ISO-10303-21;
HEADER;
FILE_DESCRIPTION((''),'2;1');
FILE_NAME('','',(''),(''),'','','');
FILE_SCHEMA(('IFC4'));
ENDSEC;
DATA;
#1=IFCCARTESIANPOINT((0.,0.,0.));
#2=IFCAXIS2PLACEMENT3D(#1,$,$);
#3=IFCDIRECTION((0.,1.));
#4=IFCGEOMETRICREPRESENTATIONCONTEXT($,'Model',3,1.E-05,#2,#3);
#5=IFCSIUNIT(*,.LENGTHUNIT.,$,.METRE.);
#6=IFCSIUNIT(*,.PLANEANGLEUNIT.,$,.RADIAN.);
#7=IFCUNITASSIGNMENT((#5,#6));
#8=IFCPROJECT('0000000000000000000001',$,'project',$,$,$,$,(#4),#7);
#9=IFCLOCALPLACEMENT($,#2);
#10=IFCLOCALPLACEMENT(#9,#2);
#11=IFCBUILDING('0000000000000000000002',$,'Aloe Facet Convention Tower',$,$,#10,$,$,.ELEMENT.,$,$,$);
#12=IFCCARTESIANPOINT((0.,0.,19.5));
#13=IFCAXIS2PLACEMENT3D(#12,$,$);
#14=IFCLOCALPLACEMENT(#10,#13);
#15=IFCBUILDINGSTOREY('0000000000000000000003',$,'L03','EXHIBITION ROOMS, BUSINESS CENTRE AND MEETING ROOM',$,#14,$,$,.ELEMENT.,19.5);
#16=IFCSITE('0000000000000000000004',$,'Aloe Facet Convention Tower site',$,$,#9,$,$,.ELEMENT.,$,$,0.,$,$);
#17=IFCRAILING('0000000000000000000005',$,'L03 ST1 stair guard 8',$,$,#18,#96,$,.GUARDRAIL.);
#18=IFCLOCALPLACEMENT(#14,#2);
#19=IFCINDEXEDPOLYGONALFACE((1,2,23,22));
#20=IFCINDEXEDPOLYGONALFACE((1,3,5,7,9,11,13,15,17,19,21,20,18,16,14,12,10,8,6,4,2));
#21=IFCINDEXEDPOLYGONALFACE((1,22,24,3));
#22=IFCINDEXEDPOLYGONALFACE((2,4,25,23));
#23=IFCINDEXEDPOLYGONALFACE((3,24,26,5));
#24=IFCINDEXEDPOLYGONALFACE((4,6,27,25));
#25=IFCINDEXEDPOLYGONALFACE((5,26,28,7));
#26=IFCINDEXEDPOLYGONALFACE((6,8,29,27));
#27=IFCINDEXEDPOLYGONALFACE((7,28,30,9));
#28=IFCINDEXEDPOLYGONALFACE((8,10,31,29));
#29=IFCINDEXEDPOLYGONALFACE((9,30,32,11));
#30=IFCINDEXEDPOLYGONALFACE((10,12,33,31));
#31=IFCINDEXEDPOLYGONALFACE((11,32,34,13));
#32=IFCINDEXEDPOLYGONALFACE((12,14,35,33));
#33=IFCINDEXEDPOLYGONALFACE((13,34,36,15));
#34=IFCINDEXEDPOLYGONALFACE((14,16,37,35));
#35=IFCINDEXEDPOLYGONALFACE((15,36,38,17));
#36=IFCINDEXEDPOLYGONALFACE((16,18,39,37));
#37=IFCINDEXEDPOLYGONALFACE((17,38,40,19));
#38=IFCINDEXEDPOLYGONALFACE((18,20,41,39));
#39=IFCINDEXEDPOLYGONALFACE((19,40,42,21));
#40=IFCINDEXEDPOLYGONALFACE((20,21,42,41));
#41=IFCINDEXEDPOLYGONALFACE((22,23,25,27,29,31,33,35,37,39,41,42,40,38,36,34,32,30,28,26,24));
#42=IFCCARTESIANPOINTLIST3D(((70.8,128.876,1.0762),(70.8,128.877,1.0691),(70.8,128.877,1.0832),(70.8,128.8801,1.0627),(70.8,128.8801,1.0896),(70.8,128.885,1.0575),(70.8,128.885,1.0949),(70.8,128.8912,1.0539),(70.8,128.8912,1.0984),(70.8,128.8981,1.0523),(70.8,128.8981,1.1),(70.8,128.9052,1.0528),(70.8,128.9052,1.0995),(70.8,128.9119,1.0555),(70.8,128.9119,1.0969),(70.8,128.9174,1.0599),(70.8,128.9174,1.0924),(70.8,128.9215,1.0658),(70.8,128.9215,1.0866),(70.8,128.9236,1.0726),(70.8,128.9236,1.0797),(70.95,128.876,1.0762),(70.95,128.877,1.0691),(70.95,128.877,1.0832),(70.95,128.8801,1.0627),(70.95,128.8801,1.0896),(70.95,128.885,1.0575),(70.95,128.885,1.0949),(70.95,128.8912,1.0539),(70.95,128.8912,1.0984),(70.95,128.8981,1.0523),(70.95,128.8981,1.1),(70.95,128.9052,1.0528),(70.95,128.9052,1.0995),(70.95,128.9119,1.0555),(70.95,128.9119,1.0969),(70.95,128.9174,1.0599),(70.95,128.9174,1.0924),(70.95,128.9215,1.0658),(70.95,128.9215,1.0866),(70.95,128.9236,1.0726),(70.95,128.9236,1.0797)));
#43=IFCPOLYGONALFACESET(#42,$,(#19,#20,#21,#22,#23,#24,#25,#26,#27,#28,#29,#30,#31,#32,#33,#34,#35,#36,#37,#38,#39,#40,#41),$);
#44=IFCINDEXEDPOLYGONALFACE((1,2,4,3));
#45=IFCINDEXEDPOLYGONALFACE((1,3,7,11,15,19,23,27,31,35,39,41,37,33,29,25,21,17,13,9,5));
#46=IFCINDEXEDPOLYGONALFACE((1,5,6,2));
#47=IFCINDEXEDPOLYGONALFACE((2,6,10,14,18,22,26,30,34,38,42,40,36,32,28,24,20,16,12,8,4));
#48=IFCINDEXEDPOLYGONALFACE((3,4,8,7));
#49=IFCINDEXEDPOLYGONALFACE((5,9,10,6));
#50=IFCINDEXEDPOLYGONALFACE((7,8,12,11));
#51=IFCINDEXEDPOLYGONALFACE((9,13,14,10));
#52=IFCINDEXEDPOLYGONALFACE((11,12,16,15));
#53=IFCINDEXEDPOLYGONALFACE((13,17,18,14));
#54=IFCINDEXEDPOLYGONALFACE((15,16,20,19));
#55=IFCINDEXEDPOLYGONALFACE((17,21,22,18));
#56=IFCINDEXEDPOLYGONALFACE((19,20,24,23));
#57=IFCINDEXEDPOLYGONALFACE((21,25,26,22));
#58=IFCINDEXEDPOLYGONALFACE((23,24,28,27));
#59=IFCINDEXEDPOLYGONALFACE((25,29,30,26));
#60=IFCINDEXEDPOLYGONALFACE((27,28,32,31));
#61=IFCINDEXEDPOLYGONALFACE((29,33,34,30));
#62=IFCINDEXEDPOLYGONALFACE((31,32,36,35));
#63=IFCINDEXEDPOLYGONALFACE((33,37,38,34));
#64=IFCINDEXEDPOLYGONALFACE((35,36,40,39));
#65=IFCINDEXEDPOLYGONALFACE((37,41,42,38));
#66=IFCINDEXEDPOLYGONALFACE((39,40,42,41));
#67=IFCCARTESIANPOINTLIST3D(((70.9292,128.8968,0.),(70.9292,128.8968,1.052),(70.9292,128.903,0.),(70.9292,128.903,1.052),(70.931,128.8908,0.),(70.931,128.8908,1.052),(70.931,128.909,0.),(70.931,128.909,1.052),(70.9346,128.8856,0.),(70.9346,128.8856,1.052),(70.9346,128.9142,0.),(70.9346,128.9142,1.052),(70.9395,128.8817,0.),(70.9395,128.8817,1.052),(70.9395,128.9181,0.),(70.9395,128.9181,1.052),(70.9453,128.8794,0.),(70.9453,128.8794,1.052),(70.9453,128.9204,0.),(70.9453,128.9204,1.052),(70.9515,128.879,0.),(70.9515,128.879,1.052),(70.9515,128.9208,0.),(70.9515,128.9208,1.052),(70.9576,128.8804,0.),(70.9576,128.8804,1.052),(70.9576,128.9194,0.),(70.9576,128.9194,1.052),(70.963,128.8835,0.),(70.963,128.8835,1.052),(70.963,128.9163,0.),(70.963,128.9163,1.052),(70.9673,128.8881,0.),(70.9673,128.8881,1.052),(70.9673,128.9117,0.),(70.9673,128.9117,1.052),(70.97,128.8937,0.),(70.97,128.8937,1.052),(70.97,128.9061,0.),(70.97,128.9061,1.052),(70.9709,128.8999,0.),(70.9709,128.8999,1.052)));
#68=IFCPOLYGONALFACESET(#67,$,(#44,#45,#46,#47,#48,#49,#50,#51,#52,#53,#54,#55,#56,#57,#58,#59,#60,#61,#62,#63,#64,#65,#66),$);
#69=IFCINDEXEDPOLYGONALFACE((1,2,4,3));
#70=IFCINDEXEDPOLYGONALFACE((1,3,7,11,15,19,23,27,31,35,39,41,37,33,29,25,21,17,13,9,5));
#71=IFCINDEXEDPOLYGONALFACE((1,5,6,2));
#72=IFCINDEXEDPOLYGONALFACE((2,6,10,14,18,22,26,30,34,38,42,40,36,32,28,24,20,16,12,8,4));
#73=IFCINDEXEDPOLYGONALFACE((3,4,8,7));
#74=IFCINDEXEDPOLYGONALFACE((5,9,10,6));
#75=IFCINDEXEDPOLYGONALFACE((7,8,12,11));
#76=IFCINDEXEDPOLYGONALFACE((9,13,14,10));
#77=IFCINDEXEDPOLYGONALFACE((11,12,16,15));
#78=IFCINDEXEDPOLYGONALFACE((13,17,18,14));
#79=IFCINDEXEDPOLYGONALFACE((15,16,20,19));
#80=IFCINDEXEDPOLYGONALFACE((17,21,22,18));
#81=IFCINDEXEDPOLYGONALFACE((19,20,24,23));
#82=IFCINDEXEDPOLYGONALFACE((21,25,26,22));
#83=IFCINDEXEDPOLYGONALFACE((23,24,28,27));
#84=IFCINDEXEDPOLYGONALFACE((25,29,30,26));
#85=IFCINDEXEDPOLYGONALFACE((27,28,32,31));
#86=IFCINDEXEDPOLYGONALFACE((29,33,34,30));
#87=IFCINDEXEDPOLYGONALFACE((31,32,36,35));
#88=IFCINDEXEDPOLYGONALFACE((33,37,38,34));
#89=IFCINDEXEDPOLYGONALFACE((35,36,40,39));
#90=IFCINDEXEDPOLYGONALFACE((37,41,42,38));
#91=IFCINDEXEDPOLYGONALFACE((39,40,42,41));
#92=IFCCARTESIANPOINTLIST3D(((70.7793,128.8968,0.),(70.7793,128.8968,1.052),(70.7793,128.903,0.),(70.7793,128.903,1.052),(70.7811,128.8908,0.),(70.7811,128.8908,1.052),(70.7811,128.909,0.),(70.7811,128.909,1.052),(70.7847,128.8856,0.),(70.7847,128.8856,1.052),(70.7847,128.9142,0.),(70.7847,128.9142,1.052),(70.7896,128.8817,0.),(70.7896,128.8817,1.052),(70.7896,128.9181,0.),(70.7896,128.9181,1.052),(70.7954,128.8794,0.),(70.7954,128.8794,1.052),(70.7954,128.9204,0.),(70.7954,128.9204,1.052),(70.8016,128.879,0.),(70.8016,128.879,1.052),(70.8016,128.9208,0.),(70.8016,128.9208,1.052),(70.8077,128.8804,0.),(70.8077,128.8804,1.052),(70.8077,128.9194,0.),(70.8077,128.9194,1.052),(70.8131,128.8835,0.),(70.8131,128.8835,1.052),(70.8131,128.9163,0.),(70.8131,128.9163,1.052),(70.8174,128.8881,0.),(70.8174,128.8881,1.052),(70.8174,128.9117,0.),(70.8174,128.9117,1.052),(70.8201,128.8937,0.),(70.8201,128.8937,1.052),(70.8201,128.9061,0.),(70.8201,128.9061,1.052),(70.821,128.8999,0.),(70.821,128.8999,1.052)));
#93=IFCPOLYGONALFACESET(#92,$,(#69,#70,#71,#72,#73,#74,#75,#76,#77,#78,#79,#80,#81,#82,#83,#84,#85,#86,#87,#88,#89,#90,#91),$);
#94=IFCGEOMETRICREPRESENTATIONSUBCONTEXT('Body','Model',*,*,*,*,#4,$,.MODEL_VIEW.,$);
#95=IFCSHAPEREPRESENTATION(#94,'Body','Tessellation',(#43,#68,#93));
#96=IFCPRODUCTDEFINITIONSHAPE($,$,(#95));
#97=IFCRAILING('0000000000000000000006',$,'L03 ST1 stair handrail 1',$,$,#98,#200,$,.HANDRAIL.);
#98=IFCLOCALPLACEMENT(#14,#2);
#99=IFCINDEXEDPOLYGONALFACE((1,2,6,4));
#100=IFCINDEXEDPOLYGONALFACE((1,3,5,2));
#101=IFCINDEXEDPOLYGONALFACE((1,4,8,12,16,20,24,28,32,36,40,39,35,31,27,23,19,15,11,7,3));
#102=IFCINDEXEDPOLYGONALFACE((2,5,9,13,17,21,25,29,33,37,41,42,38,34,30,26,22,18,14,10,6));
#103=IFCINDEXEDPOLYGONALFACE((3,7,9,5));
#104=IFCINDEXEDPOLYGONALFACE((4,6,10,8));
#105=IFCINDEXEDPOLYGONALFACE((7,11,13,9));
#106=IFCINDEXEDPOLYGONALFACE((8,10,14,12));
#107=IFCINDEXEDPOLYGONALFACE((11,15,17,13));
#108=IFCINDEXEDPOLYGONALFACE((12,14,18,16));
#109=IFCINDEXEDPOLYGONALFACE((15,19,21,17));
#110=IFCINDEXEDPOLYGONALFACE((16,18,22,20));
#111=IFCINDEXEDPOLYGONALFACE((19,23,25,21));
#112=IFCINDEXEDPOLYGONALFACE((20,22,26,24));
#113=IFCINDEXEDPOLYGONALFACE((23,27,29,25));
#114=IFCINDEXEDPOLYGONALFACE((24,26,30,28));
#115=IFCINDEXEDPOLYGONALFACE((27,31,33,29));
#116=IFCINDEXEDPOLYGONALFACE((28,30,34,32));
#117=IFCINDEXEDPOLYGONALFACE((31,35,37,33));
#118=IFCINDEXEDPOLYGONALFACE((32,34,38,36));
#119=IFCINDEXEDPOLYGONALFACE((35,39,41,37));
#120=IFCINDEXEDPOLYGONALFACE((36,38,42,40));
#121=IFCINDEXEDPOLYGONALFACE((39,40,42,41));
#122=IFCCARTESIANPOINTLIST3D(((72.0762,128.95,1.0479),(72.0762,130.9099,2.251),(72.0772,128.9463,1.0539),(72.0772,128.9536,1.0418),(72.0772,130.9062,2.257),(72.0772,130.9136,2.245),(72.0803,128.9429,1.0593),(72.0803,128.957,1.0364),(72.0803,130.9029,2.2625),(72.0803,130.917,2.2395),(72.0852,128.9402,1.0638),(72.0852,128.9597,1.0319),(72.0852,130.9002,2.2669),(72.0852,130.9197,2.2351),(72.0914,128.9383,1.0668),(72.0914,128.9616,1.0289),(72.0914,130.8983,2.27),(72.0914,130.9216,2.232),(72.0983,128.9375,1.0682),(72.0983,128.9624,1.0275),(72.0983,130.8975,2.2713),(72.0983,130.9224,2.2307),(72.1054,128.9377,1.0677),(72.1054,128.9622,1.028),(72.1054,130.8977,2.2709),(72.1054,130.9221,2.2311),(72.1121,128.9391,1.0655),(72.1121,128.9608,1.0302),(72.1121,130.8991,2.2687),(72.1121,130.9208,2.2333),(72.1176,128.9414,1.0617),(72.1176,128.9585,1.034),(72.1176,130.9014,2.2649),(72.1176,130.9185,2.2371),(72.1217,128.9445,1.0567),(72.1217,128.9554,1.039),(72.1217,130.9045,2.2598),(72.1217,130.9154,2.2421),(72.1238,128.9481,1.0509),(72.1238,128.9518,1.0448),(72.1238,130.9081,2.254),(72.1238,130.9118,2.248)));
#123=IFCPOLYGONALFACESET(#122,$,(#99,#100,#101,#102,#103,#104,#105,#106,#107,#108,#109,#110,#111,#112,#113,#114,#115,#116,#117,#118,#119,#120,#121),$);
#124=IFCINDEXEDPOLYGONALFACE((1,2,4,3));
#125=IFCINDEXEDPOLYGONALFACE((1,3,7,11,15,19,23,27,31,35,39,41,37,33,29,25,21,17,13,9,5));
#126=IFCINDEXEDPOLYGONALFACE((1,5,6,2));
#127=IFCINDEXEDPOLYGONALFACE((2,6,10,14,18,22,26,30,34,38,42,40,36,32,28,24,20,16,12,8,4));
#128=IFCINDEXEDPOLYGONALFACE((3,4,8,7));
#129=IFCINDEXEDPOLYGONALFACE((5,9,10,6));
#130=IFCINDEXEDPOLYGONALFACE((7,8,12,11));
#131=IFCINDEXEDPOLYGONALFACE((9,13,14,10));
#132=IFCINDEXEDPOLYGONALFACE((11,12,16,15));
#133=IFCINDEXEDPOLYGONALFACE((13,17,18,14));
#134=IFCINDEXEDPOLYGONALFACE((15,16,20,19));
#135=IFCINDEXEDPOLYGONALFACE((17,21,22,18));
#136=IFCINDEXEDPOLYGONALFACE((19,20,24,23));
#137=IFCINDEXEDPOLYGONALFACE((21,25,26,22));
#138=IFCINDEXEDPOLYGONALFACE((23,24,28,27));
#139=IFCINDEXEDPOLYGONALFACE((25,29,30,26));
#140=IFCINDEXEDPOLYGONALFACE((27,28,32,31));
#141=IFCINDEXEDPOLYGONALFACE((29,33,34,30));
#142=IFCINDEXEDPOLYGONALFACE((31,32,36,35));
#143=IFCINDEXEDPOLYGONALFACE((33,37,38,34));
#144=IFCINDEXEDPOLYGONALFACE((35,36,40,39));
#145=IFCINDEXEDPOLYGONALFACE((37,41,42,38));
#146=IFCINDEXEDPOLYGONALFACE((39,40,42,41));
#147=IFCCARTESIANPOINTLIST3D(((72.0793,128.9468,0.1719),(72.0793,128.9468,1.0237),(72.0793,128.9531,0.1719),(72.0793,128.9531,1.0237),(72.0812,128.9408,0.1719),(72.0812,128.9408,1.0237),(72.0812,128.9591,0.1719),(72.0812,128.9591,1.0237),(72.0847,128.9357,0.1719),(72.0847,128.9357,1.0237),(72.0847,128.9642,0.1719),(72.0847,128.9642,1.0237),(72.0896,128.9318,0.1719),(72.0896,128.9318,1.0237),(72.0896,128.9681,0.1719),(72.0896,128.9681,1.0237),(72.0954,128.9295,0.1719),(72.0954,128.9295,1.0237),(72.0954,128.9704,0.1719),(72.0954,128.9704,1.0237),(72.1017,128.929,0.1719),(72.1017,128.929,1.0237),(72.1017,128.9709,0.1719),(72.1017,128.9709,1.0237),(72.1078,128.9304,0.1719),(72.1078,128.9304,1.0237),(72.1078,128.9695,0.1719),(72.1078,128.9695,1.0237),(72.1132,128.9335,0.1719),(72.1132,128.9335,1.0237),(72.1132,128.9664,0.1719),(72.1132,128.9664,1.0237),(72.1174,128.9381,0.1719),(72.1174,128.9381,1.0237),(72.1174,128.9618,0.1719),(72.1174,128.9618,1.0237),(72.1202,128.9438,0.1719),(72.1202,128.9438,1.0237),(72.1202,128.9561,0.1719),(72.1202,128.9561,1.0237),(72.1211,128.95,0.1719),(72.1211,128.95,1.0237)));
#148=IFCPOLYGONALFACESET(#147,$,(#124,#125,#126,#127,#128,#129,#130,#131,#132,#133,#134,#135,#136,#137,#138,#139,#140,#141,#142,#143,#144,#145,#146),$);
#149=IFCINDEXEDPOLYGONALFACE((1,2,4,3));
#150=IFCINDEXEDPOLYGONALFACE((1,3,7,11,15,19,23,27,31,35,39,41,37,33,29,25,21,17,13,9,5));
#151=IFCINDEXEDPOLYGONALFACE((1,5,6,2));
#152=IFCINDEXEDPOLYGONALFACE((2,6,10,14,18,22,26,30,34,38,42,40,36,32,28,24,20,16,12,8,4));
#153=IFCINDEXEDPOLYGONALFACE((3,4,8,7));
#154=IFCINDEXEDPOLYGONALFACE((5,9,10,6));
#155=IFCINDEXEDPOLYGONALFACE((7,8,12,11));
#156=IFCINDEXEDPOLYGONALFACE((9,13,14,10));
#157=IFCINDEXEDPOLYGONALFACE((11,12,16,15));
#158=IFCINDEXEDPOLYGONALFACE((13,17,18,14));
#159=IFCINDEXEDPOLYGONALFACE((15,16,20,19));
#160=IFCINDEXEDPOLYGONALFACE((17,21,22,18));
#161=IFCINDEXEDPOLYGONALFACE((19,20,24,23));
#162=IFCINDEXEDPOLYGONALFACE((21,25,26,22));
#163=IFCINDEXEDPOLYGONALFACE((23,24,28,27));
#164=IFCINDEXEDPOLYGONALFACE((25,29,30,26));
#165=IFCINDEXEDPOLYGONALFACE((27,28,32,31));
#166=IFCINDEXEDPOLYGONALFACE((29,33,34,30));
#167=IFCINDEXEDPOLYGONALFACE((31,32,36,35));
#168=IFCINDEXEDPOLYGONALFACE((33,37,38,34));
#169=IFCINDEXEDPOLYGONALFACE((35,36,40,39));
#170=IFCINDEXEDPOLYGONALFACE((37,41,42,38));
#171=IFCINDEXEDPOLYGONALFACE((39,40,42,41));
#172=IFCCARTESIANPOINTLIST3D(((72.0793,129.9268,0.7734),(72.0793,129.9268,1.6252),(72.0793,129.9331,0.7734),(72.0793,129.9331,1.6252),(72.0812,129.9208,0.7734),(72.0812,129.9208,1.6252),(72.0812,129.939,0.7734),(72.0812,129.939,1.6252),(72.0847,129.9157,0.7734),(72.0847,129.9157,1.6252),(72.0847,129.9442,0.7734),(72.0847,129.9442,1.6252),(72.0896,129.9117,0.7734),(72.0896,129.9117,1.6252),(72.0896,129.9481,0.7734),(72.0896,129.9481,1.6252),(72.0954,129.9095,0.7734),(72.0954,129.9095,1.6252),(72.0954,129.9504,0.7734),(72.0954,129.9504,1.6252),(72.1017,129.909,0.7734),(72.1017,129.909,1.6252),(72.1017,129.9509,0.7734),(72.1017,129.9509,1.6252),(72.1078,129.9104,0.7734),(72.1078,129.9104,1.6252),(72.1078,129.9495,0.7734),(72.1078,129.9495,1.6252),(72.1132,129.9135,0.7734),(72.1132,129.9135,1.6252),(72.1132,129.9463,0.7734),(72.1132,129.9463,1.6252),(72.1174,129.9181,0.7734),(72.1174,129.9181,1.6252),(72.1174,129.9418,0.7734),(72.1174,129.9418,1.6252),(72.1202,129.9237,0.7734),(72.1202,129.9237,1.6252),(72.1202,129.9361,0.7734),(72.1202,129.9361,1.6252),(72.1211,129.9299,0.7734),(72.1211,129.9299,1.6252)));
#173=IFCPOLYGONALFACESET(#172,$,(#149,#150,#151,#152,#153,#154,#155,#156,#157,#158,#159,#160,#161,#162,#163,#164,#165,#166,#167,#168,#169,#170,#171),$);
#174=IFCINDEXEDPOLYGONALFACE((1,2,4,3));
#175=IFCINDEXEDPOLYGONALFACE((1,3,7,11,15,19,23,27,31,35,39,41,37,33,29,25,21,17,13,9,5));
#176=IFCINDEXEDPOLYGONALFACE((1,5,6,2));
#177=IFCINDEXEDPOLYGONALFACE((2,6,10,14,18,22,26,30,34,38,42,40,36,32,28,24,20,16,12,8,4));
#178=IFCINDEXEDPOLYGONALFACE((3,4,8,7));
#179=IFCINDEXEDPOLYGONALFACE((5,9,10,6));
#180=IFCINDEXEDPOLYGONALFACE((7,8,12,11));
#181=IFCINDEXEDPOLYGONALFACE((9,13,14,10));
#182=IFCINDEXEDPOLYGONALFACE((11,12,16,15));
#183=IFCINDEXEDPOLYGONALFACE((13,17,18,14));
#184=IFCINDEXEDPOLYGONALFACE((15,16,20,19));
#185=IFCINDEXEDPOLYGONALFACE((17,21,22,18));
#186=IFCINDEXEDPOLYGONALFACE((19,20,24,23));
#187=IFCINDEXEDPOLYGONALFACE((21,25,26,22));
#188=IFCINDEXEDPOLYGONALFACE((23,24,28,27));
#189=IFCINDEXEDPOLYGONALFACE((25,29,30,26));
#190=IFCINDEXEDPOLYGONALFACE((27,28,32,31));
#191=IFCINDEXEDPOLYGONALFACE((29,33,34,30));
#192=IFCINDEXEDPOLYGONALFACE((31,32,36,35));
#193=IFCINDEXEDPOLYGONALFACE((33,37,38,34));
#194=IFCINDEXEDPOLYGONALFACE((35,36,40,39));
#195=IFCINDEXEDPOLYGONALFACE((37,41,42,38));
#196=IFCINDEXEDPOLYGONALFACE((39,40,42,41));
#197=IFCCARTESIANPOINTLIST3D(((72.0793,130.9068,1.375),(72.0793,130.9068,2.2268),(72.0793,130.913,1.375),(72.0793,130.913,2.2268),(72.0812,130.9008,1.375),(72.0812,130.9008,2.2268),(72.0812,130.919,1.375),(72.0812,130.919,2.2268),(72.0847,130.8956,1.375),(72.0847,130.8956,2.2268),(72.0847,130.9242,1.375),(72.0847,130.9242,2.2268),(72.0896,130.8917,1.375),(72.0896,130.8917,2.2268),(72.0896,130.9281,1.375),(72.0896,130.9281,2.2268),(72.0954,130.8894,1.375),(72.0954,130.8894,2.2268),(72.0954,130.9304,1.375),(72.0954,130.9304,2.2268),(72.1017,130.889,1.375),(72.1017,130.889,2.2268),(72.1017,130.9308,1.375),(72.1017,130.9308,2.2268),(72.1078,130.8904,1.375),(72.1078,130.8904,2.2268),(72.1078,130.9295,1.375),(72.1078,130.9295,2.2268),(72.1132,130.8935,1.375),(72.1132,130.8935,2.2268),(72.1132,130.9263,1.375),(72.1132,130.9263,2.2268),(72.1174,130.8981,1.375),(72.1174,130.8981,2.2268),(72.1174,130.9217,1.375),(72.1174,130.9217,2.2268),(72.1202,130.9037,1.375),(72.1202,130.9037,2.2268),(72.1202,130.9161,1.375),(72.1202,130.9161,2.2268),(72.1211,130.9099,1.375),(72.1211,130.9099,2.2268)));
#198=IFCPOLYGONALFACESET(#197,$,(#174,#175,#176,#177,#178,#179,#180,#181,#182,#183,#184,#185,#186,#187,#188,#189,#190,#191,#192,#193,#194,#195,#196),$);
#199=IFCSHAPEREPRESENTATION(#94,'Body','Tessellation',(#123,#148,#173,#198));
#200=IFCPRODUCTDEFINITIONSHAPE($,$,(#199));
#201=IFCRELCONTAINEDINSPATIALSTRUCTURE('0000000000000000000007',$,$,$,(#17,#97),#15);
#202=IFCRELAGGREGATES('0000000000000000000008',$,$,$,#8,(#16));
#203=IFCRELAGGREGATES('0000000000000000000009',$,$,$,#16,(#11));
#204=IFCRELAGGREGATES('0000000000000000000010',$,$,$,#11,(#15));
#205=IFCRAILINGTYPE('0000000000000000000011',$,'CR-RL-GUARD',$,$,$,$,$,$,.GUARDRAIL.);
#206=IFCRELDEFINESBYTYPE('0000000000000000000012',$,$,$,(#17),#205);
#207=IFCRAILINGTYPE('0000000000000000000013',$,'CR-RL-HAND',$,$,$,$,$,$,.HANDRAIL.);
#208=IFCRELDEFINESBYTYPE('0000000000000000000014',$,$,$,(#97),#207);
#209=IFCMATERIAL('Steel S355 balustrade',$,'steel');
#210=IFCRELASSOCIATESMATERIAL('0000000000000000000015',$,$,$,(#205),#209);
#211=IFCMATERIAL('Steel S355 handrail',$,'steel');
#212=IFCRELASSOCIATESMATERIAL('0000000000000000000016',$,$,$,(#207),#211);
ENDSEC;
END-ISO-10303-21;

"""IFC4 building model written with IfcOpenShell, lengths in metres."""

from ifc_helpers import new_model, si_unit, direction, frame, origin, origin_2d, place, context, subcontext, project, spatial, circle, extrude, material, type_object, element, save


model = new_model("IFC4")

# Units and contexts
model_context = context("Model", 3, precision=1e-05, world=origin(), true_north=direction((0.0, 1.0)))
body_context = subcontext(model_context, "Body", "Model", "MODEL_VIEW")
ifc_project = project(units=[si_unit("LENGTHUNIT", "METRE"), si_unit("PLANEANGLEUNIT", "RADIAN")], contexts=[model_context])

# Site, building, storey
site_placement = place(None, origin())
site = spatial("IfcSite", under=ifc_project, at=site_placement, Name="Aloe Facet Convention Tower site", CompositionType="ELEMENT", RefElevation=0.0)
building_placement = place(site_placement, origin())
building = spatial("IfcBuilding", under=site, at=building_placement, Name="Aloe Facet Convention Tower", CompositionType="ELEMENT")
storey_placement = place(building_placement, frame((0.0, 0.0, 19.5)))
storey = spatial("IfcBuildingStorey", under=building, at=storey_placement, Name="L03", Description="EXHIBITION ROOMS, BUSINESS CENTRE AND MEETING ROOM", CompositionType="ELEMENT", Elevation=19.5)

# Railings
ifc_material_1 = material(Name="Steel S355 balustrade", Category="steel")
railing_type_1 = type_object("IfcRailingType", Name="CR-RL-GUARD", PredefinedType="GUARDRAIL", material=ifc_material_1)
railing_1_placement = place(storey_placement, frame((70.95, 128.8999, 0.0)))
element("IfcRailing", 1, at=railing_1_placement, inside=storey, type_object=railing_type_1, Name="L03 ST1 stair guard 8", PredefinedType="GUARDRAIL", context=body_context, shape_type="SweptSolid", body=[
    extrude(circle(Radius=0.0239, at=origin_2d()), frame((0.0, 0.0, 1.0762), z_axis=(-1.0, 0.0, 0.0), x_axis=(0.0, -1.0, 0.0)), (0.0, 0.0, 1.0), 0.1499),
    extrude(circle(Radius=0.021, at=origin_2d()), origin(), (0.0, 0.0, 1.0), 1.052),
    extrude(circle(Radius=0.021, at=origin_2d()), frame((-0.1499, 0.0, 0.0)), (0.0, 0.0, 1.0), 1.052),
])
ifc_material_2 = material(Name="Steel S355 handrail", Category="steel")
railing_type_2 = type_object("IfcRailingType", Name="CR-RL-HAND", PredefinedType="HANDRAIL", material=ifc_material_2)
for number, where, name in (
    (2, (72.1001, 128.95, 0.1719), "L03 ST1 stair handrail 1"),
):
    element("IfcRailing", number, at=place(storey_placement, frame(where)), inside=storey, type_object=railing_type_2, Name=name, PredefinedType="HANDRAIL", context=body_context, shape_type="SweptSolid", body=[
        extrude(circle(Radius=0.0239, at=origin_2d()), frame((0.0, 0.0, 0.876), z_axis=(0.0, 0.852241, 0.523149), x_axis=(-1.0, 0.0, 0.0)), (0.0, 0.0, 1.0), 2.2998),
        extrude(circle(Radius=0.021, at=origin_2d()), origin(), (0.0, 0.0, 1.0), 0.8518),
        extrude(circle(Radius=0.021, at=origin_2d()), frame((0.0, 0.98, 0.6016)), (0.0, 0.0, 1.0), 0.8518),
        extrude(circle(Radius=0.021, at=origin_2d()), frame((0.0, 1.96, 1.2031)), (0.0, 0.0, 1.0), 0.8518),
    ])

save(model, "model.ifc")
